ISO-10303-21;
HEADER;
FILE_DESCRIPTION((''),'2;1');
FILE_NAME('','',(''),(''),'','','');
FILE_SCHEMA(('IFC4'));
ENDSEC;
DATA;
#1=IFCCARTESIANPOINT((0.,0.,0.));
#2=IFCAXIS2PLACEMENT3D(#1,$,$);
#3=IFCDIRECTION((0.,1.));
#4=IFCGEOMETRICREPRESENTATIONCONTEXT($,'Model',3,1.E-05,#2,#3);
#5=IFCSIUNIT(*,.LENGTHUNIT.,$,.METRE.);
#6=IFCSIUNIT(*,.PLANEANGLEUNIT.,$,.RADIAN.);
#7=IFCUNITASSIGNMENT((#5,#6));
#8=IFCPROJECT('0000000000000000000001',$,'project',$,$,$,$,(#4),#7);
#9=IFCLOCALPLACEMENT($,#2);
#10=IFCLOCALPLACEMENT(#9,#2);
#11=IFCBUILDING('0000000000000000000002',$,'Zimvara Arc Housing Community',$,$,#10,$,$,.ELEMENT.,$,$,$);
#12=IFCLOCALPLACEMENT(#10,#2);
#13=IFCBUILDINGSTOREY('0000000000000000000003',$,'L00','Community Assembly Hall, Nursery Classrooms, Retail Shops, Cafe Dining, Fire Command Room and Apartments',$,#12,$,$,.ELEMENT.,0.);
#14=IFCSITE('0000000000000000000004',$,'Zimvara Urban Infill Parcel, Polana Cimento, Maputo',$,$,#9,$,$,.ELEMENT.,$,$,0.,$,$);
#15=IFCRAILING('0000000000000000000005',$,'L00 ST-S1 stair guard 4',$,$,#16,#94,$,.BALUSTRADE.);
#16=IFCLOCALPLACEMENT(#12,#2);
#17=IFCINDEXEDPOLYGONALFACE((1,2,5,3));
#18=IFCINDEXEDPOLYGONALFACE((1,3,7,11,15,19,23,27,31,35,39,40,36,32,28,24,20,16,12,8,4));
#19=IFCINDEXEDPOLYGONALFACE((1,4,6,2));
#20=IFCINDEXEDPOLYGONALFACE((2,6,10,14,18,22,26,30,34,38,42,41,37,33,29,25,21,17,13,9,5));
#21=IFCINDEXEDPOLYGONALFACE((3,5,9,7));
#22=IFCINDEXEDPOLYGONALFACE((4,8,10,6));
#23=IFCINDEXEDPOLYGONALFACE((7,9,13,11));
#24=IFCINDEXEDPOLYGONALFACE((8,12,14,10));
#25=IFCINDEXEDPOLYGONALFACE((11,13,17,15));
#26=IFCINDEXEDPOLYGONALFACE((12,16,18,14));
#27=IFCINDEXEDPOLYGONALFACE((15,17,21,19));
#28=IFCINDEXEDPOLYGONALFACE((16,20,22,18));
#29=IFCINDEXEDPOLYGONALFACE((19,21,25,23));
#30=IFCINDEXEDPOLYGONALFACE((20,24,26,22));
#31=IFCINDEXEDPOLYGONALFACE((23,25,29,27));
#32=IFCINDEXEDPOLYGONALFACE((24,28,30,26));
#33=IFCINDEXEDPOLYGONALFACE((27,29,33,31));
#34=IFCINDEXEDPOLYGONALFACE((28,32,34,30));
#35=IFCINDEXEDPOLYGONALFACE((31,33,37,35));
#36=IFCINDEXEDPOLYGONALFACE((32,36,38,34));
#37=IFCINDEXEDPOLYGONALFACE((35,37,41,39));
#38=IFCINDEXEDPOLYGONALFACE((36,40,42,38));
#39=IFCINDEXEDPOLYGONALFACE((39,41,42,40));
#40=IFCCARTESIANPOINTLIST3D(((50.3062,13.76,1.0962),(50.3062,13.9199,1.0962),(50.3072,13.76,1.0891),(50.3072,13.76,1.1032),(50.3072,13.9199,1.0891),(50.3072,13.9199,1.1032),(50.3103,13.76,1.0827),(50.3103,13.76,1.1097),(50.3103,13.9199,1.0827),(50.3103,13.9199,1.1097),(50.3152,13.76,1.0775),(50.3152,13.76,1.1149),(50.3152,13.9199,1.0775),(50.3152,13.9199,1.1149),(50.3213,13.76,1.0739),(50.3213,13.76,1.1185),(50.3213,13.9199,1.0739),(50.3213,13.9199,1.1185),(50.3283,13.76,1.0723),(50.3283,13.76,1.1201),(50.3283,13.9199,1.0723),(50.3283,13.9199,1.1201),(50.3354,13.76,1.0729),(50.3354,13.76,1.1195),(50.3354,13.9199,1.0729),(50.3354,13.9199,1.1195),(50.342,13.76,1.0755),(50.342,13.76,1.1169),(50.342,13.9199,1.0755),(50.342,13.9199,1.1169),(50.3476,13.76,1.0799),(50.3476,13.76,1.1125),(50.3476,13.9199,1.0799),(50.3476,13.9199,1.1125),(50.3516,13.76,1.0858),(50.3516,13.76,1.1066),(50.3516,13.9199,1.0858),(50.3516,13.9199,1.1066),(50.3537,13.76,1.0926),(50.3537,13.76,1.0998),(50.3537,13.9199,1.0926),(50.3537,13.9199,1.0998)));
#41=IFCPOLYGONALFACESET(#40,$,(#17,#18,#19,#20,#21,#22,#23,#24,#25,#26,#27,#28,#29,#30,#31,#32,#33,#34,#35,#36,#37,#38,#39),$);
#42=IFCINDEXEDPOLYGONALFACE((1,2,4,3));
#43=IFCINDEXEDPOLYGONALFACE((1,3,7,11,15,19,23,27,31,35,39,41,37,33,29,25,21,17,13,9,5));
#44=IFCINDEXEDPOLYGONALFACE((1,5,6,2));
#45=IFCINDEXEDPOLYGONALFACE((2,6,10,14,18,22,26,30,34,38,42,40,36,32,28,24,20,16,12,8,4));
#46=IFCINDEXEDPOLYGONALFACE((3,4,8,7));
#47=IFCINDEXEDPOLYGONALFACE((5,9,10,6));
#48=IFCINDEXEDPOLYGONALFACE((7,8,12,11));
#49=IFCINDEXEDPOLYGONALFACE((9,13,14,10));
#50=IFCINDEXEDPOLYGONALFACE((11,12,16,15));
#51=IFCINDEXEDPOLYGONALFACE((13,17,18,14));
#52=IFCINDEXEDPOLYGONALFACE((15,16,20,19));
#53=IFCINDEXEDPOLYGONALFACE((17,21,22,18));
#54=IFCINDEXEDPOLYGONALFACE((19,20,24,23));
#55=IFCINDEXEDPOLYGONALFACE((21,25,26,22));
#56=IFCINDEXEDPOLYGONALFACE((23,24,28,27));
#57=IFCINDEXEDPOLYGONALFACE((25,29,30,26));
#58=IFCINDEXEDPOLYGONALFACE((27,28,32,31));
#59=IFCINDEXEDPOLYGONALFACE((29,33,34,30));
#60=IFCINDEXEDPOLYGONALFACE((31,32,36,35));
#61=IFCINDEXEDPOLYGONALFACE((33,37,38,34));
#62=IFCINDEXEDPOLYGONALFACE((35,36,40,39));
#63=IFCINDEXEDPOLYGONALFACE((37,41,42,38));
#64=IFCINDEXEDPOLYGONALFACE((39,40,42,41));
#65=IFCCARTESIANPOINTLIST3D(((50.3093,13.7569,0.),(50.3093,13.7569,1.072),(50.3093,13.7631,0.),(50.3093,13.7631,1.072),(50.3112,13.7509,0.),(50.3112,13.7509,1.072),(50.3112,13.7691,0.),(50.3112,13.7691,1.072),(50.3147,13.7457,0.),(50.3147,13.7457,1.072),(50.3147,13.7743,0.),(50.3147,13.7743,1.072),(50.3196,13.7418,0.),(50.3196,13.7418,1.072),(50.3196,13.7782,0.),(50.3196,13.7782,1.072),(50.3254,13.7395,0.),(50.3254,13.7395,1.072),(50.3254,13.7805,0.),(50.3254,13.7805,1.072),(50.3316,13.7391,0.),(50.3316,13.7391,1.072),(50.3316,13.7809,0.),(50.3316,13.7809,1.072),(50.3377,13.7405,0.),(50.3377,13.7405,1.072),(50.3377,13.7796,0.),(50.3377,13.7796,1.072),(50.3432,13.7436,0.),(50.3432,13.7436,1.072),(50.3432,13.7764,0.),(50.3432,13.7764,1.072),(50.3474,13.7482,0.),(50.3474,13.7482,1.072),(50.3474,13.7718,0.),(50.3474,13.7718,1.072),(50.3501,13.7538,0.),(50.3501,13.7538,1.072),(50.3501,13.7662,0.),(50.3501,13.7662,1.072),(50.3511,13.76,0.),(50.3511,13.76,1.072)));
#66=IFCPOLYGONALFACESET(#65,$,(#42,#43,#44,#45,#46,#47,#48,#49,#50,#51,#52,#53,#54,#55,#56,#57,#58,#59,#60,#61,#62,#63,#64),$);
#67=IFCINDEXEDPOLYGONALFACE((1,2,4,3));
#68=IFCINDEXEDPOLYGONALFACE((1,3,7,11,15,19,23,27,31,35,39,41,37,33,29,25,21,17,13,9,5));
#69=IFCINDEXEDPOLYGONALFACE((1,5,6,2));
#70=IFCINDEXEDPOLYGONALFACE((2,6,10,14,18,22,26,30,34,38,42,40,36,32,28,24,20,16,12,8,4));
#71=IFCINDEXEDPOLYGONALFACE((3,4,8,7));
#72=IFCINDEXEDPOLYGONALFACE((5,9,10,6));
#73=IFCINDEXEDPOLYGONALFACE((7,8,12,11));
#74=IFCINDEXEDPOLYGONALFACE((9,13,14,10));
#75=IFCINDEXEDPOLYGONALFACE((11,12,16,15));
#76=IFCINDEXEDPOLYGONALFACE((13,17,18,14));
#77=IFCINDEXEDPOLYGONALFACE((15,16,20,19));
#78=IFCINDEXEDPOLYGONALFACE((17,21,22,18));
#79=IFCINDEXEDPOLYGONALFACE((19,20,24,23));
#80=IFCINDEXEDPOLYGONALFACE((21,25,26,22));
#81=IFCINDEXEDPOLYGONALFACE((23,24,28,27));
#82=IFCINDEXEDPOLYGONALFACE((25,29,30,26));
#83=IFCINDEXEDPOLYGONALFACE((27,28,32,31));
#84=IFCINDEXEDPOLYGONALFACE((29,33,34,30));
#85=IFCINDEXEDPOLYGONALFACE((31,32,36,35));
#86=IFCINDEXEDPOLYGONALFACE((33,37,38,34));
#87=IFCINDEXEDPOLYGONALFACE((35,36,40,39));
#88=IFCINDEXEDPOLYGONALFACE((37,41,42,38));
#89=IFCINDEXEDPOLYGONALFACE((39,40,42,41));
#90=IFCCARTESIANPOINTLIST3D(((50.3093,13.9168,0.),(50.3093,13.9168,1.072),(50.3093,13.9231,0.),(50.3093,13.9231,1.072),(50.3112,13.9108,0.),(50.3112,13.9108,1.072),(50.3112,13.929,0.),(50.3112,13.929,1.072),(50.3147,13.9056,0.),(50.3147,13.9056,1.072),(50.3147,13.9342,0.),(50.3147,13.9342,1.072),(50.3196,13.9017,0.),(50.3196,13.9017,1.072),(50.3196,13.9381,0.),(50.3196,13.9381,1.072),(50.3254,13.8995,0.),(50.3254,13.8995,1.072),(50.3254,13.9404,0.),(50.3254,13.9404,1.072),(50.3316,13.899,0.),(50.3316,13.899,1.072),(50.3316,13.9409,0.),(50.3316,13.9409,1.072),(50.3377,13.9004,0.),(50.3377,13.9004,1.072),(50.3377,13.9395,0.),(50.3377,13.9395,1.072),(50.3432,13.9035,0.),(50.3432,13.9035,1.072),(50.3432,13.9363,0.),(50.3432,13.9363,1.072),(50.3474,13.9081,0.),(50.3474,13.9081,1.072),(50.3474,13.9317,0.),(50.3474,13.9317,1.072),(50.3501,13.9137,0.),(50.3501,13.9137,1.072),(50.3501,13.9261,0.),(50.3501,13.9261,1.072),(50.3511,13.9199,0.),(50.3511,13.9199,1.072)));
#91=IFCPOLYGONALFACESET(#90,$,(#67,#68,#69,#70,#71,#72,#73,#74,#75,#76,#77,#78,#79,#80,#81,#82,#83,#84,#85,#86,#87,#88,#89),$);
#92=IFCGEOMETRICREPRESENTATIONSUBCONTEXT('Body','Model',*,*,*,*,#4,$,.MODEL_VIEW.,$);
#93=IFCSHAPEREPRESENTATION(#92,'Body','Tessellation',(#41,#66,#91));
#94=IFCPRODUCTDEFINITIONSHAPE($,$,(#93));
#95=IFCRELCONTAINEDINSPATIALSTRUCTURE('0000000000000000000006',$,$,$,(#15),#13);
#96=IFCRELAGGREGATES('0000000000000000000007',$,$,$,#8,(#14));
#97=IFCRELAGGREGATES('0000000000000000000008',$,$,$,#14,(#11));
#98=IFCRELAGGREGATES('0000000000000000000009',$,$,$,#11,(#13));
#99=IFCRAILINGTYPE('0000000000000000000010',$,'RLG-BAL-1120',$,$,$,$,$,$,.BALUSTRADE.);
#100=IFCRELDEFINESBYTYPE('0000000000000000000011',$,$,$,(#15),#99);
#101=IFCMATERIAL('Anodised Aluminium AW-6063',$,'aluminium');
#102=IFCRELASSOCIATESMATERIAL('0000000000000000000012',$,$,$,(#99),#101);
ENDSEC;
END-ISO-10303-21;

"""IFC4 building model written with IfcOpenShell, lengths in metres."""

from ifc_helpers import new_model, si_unit, direction, frame, origin, origin_2d, place, context, subcontext, project, spatial, circle, extrude, material, type_object, element, save


model = new_model("IFC4")

# Units and contexts
model_context = context("Model", 3, precision=1e-05, world=origin(), true_north=direction((0.0, 1.0)))
body_context = subcontext(model_context, "Body", "Model", "MODEL_VIEW")
ifc_project = project(units=[si_unit("LENGTHUNIT", "METRE"), si_unit("PLANEANGLEUNIT", "RADIAN")], contexts=[model_context])

# Site, building, storey
site_placement = place(None, origin())
site = spatial("IfcSite", under=ifc_project, at=site_placement, Name="Zimvara Urban Infill Parcel, Polana Cimento, Maputo", CompositionType="ELEMENT", RefElevation=0.0)
building_placement = place(site_placement, origin())
building = spatial("IfcBuilding", under=site, at=building_placement, Name="Zimvara Arc Housing Community", CompositionType="ELEMENT")
storey_placement = place(building_placement, origin())
storey = spatial("IfcBuildingStorey", under=building, at=storey_placement, Name="L00", Description="Community Assembly Hall, Nursery Classrooms, Retail Shops, Cafe Dining, Fire Command Room and Apartments", CompositionType="ELEMENT", Elevation=0.0)

# Railing
ifc_material_1 = material(Name="Anodised Aluminium AW-6063", Category="aluminium")
railing_type_1 = type_object("IfcRailingType", Name="RLG-BAL-1120", PredefinedType="BALUSTRADE", material=ifc_material_1)
railing_1_placement = place(storey_placement, frame((50.3301, 13.76, 0.0)))
element("IfcRailing", 1, at=railing_1_placement, inside=storey, type_object=railing_type_1, Name="L00 ST-S1 stair guard 4", PredefinedType="BALUSTRADE", context=body_context, shape_type="SweptSolid", body=[
    extrude(circle(Radius=0.0239, at=origin_2d()), frame((0.0, 0.0, 1.0962), z_axis=(0.0, 1.0, 0.0), x_axis=(-1.0, 0.0, 0.0)), (0.0, 0.0, 1.0), 0.1599),
    extrude(circle(Radius=0.021, at=origin_2d()), origin(), (0.0, 0.0, 1.0), 1.072),
    extrude(circle(Radius=0.021, at=origin_2d()), frame((0.0, 0.1599, 0.0)), (0.0, 0.0, 1.0), 1.072),
])

save(model, "model.ifc")
